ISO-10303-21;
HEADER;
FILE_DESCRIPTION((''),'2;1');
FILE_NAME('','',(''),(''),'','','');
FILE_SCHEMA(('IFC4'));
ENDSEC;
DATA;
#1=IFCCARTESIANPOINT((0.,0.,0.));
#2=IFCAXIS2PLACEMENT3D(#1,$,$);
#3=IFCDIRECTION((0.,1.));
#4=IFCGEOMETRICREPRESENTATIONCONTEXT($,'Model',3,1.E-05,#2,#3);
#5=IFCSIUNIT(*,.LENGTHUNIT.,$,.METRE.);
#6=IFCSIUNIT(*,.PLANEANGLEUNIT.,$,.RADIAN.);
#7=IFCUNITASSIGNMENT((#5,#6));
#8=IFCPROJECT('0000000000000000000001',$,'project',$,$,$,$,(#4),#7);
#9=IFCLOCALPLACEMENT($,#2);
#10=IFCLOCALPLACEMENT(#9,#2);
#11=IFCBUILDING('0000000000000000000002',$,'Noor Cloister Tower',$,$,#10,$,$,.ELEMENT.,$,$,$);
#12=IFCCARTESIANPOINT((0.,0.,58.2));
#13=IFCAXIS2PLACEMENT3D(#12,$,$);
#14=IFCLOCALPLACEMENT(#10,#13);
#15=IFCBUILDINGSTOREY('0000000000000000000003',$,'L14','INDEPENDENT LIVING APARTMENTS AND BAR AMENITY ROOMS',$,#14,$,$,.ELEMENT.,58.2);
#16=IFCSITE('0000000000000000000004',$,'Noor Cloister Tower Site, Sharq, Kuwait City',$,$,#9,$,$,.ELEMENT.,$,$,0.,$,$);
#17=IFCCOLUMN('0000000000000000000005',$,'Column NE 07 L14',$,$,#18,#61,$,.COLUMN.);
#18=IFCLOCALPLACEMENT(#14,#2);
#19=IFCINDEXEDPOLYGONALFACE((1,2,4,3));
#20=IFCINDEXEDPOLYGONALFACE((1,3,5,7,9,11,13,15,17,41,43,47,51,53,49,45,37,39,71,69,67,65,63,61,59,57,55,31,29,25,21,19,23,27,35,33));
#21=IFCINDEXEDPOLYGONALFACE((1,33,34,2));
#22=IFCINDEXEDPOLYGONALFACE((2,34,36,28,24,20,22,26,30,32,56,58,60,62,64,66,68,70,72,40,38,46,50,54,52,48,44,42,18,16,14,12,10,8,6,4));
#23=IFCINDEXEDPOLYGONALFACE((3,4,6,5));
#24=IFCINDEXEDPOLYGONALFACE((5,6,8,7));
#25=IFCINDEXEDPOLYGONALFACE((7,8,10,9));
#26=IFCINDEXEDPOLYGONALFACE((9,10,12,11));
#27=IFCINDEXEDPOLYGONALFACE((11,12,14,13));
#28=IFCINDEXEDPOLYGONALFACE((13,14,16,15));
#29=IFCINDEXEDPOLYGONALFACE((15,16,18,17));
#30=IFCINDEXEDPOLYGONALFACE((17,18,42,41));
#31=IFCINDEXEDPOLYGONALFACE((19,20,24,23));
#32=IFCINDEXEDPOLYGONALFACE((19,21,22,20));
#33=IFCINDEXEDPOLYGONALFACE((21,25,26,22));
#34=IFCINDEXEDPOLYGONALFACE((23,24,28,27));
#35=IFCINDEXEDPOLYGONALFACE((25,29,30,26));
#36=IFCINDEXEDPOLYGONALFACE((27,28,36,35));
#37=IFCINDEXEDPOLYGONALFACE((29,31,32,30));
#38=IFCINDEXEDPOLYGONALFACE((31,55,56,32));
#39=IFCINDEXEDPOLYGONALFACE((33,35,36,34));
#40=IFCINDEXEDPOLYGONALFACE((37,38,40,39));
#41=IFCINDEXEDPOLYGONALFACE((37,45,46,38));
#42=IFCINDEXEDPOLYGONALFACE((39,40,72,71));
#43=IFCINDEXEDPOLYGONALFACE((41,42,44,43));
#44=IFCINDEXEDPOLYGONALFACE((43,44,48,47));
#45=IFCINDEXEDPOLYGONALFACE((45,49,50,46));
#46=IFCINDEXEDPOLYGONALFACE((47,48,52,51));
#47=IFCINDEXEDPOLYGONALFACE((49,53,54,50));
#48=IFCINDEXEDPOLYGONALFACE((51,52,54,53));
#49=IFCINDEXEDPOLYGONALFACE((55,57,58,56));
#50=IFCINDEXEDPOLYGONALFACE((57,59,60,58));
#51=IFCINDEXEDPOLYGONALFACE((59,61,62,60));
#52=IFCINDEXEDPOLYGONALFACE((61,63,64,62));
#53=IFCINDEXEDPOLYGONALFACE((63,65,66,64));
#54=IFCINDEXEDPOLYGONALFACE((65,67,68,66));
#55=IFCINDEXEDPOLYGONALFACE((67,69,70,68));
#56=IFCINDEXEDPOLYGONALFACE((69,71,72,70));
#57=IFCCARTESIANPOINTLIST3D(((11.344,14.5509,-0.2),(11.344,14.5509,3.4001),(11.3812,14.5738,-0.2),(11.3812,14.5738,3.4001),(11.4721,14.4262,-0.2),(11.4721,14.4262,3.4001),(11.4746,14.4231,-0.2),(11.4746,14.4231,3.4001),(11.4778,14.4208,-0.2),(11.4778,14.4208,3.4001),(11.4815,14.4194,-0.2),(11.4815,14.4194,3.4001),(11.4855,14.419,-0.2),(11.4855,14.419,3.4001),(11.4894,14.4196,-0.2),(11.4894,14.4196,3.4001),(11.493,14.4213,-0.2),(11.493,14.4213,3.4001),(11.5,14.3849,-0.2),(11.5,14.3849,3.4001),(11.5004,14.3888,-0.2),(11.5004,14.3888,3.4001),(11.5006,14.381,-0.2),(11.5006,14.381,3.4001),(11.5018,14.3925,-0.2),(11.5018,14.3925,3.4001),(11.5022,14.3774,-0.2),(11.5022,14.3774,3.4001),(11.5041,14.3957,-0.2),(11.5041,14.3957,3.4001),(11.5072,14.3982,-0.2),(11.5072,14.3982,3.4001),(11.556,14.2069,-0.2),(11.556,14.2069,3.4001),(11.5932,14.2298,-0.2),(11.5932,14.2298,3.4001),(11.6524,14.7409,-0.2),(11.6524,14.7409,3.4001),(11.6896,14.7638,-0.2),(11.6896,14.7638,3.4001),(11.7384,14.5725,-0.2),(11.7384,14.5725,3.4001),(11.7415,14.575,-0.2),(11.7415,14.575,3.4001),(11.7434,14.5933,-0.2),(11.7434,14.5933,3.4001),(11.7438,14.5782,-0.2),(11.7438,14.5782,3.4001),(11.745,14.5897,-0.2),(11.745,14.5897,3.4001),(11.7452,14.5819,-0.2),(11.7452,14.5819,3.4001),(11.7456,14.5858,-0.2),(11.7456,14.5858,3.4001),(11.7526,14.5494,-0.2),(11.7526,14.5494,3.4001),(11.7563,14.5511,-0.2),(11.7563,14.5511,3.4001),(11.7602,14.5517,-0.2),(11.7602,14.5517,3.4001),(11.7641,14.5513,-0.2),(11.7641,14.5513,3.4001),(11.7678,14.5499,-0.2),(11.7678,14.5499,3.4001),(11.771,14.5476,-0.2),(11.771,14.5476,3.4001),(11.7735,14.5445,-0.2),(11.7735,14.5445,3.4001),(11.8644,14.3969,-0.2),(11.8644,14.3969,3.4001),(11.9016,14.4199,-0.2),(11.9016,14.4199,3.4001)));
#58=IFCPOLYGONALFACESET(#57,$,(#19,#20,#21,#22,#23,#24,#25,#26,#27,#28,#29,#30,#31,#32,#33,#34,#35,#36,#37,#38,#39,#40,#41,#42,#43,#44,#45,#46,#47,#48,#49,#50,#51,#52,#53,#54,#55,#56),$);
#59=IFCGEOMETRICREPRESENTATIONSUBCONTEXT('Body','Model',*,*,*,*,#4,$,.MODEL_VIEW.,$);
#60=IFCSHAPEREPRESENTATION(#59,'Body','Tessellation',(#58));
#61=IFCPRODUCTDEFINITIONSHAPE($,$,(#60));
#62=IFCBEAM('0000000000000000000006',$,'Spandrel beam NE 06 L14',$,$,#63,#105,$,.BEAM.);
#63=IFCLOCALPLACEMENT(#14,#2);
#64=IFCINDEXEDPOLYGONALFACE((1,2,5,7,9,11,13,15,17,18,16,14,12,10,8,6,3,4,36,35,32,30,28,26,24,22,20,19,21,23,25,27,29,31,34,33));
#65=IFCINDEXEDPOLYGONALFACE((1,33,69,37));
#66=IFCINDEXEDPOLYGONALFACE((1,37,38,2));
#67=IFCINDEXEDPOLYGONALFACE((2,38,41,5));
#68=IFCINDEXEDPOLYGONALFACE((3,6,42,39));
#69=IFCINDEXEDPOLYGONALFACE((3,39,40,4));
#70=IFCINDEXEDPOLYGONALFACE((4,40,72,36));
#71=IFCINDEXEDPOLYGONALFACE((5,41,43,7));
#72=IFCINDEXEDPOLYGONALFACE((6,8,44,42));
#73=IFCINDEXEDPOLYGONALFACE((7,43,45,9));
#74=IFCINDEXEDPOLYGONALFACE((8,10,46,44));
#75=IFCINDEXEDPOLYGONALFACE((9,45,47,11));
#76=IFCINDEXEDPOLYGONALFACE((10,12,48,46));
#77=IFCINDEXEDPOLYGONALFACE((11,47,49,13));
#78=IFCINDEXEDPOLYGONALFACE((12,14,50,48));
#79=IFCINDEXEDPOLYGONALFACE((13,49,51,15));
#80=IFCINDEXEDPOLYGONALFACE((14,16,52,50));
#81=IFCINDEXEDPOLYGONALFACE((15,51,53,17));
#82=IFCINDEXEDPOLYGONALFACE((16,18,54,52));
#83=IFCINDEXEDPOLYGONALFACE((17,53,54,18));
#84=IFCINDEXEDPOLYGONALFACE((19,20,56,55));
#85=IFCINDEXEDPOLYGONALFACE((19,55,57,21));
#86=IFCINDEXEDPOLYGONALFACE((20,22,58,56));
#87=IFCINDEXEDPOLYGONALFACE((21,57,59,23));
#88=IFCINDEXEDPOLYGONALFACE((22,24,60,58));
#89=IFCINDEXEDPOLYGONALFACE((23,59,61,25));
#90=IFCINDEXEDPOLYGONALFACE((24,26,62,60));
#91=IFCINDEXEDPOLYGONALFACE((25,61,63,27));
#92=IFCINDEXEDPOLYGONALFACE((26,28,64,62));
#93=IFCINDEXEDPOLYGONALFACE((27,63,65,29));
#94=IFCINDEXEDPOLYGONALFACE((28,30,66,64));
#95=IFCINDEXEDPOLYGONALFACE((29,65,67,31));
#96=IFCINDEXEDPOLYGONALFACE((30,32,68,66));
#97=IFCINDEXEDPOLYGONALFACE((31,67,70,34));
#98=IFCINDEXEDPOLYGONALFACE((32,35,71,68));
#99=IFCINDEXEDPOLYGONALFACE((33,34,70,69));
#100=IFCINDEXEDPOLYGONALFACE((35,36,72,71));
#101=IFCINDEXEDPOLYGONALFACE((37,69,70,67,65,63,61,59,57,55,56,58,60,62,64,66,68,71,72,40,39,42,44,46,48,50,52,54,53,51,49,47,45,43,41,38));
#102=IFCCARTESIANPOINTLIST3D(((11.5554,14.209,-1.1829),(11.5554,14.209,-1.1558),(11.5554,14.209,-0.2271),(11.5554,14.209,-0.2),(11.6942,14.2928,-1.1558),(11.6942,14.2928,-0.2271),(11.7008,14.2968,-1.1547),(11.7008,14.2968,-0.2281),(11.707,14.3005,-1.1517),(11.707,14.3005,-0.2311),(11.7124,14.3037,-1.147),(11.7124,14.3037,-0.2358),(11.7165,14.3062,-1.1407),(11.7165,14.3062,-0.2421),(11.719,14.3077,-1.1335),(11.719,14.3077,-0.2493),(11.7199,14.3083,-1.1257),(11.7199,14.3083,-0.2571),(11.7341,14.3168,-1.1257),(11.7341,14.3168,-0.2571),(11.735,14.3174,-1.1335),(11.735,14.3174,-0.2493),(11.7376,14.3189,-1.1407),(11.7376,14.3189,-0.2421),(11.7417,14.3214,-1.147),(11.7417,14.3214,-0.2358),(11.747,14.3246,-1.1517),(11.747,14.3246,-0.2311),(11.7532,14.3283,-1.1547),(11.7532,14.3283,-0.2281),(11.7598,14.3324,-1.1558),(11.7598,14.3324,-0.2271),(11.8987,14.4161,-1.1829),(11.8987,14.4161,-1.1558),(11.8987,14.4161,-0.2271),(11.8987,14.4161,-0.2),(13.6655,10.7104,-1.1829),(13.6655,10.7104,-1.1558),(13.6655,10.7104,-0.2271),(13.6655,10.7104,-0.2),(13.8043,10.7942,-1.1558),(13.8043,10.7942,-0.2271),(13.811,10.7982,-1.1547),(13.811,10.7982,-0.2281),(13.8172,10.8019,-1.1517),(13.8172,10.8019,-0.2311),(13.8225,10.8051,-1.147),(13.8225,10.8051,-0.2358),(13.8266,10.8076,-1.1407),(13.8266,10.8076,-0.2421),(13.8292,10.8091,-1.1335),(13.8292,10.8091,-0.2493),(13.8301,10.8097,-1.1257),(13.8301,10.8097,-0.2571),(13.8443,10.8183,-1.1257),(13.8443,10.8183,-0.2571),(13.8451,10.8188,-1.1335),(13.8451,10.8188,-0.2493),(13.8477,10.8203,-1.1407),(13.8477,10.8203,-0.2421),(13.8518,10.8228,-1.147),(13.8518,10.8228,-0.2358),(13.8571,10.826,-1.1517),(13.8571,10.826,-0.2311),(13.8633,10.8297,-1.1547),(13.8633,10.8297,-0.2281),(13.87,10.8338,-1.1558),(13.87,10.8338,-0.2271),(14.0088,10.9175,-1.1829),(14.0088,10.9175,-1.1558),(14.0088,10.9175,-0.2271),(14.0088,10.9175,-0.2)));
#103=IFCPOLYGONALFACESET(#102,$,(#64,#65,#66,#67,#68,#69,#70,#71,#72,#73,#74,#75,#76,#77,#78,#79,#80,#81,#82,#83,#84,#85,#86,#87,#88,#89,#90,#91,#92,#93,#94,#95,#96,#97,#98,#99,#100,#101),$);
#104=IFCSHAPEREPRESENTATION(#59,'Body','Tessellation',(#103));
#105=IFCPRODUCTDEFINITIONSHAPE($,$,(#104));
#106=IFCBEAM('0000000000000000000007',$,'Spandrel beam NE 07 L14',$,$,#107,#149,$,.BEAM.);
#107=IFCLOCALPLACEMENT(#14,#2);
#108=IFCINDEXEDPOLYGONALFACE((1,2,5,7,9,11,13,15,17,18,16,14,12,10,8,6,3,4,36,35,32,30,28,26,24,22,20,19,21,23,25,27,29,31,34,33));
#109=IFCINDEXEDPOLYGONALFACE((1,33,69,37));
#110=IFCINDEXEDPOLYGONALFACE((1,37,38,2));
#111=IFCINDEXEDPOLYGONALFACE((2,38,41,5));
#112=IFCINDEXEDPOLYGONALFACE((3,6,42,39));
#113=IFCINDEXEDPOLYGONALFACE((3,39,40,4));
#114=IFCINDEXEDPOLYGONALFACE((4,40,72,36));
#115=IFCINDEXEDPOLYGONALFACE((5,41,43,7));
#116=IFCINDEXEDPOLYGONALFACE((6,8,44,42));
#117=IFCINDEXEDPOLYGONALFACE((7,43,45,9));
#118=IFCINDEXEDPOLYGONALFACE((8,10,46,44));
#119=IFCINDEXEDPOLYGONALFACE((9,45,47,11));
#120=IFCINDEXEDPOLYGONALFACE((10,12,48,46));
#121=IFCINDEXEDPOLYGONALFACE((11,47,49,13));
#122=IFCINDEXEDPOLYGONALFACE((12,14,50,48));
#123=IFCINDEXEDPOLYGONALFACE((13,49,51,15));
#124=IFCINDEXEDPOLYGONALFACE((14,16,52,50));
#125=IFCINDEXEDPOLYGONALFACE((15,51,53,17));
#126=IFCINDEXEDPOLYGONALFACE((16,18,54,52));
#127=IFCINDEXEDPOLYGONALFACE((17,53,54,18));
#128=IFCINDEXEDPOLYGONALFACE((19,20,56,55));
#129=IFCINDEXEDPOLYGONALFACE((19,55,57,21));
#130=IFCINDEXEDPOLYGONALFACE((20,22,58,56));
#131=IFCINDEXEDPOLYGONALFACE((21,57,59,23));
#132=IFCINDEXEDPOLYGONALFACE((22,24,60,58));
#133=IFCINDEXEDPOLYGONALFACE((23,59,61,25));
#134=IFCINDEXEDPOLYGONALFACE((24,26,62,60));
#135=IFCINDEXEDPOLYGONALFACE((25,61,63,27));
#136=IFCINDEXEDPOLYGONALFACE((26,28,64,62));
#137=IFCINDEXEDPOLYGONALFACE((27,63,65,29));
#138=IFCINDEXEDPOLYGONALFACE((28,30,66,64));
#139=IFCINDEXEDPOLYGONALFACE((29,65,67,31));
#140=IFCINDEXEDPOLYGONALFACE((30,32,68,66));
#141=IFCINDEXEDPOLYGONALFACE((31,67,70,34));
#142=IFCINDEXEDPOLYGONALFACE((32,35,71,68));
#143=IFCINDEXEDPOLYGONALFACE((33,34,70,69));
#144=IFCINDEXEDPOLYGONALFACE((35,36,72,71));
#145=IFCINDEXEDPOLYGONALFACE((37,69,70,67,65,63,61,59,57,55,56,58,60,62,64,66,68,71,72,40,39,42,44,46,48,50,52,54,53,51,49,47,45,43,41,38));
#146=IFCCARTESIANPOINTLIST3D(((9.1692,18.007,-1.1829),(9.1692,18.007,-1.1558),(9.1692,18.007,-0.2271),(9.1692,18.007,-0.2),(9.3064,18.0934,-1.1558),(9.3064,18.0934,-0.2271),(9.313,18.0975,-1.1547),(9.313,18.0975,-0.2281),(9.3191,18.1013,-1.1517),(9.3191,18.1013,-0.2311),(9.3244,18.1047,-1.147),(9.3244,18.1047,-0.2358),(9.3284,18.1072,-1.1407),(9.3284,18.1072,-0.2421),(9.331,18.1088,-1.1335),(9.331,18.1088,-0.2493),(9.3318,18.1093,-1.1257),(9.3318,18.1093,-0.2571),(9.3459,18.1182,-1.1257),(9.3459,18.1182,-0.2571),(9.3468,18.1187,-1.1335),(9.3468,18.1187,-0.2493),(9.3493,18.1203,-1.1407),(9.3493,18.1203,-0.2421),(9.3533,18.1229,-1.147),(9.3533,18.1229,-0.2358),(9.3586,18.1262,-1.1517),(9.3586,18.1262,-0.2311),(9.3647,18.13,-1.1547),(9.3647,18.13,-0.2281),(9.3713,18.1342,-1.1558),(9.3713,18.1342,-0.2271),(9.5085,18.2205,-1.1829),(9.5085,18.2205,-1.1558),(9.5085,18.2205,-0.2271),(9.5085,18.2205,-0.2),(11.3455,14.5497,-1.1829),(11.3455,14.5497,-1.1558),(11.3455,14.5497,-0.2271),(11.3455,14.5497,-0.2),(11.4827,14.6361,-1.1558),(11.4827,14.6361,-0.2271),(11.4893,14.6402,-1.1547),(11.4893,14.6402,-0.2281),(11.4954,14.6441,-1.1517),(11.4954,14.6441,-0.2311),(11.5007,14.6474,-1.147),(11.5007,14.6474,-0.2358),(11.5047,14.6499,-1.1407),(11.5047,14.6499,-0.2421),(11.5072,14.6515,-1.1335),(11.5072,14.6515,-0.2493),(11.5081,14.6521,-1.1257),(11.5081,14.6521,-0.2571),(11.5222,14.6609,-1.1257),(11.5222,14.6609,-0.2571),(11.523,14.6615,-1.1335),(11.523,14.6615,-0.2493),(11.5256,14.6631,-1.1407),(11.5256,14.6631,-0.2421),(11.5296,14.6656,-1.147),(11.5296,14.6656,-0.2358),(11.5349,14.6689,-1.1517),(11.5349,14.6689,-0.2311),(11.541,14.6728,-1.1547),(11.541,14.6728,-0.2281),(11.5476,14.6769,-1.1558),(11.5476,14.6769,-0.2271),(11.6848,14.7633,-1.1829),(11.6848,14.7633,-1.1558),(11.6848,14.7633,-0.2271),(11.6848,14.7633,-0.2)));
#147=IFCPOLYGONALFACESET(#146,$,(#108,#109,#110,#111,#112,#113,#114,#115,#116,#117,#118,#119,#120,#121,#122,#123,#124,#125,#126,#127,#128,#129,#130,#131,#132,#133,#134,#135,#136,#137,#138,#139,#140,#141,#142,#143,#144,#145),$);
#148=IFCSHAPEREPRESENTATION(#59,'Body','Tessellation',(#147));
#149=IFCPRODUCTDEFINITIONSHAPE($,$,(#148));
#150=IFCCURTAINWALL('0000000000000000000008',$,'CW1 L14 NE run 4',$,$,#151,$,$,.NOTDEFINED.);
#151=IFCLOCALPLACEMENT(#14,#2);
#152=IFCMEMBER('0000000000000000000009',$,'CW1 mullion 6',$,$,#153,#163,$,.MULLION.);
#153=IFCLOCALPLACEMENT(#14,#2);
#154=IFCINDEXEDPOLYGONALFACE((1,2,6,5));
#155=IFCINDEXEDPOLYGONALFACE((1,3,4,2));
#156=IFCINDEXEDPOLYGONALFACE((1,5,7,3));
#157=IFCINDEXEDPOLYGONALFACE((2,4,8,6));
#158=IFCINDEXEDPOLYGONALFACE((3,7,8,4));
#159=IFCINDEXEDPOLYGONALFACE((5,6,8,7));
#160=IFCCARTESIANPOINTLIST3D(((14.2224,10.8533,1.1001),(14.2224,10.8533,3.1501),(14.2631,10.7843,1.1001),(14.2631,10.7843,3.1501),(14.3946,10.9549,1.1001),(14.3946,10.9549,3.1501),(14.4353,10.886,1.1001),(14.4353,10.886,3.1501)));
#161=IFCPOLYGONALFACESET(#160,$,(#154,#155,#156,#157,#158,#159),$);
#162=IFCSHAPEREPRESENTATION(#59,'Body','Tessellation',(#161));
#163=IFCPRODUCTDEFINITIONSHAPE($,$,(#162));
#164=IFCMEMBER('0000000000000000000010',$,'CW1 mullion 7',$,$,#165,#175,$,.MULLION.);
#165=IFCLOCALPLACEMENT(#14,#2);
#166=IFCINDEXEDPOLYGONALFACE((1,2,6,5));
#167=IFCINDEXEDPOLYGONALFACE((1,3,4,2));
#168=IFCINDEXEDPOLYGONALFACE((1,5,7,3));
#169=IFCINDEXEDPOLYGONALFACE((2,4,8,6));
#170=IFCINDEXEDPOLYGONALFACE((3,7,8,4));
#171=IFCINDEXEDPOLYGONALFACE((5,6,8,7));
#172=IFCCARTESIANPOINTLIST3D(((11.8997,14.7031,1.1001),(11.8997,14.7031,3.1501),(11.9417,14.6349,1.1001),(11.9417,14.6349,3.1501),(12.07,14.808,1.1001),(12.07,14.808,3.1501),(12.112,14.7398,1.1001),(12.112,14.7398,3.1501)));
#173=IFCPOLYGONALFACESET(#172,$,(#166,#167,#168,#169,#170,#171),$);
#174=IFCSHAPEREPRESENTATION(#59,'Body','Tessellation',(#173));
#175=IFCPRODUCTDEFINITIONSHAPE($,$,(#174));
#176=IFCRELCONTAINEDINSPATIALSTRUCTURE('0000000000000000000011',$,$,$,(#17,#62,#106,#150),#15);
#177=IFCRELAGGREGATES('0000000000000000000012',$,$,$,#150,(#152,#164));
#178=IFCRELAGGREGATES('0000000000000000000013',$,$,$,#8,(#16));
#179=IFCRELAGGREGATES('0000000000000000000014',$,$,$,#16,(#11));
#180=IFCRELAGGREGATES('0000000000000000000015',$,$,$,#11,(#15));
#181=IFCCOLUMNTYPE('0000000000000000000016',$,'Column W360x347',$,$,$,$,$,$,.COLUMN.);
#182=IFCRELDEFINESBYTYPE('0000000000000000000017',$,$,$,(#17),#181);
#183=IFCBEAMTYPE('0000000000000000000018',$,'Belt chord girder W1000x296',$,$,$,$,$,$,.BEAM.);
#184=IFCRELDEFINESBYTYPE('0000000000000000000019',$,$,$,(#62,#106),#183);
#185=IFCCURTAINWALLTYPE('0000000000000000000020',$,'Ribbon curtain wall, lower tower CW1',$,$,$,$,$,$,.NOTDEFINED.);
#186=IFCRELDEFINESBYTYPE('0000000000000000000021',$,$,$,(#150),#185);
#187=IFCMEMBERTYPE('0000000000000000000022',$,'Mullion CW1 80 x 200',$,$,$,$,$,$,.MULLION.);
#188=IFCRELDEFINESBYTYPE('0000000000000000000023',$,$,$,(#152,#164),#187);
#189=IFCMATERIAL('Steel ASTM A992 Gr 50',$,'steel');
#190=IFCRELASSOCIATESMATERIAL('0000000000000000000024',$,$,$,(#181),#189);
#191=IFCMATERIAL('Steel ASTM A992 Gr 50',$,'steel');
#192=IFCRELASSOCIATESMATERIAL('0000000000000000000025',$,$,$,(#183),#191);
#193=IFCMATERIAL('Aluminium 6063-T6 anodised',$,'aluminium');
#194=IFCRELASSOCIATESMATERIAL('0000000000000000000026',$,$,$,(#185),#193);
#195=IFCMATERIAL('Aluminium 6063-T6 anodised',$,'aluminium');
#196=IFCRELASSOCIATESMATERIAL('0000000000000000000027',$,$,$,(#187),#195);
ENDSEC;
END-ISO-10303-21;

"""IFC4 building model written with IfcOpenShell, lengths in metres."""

from ifc_helpers import new_model, si_unit, direction, frame, origin, origin_2d, place, context, subcontext, project, spatial, rectangle, i_section, extrude, material, material_profile, profile_set, type_object, element, aggregate, save


model = new_model("IFC4")

# Units and contexts
model_context = context("Model", 3, precision=1e-05, world=origin(), true_north=direction((0.0, 1.0)))
body_context = subcontext(model_context, "Body", "Model", "MODEL_VIEW")
ifc_project = project(units=[si_unit("LENGTHUNIT", "METRE"), si_unit("PLANEANGLEUNIT", "RADIAN")], contexts=[model_context])

# Site, building, storey
site_placement = place(None, origin())
site = spatial("IfcSite", under=ifc_project, at=site_placement, Name="Noor Cloister Tower Site, Sharq, Kuwait City", CompositionType="ELEMENT", RefElevation=0.0)
building_placement = place(site_placement, origin())
building = spatial("IfcBuilding", under=site, at=building_placement, Name="Noor Cloister Tower", CompositionType="ELEMENT")
storey_placement = place(building_placement, frame((0.0, 0.0, 58.2)))
storey = spatial("IfcBuildingStorey", under=building, at=storey_placement, Name="L14", Description="INDEPENDENT LIVING APARTMENTS AND BAR AMENITY ROOMS", CompositionType="ELEMENT", Elevation=58.2)

# Column
ifc_material_1 = material(Name="Steel ASTM A992 Gr 50", Category="steel")
ifc_material_profile_1 = material_profile(ifc_material_1, i_section(OverallWidth=0.4041, OverallDepth=0.406, WebThickness=0.0271, FlangeThickness=0.0437, FilletRadius=0.0151, at=origin_2d()), Name="W360x347")
ifc_profile_set_1 = profile_set([ifc_material_profile_1], Name="Steel ASTM A992 Gr 50")
column_type = type_object("IfcColumnType", Name="Column W360x347", PredefinedType="COLUMN", material=ifc_profile_set_1)
column_placement = place(storey_placement, frame((11.6228, 14.4854, -0.2), z_axis=(0.0, 0.0, 1.0), x_axis=(-0.524598, 0.85135, 0.0)))
element("IfcColumn", 1, at=column_placement, inside=storey, type_object=column_type, Name="Column NE 07 L14", PredefinedType="COLUMN", context=body_context, shape_type="SweptSolid", body=[
    extrude(i_section(OverallWidth=0.4041, OverallDepth=0.406, WebThickness=0.0271, FlangeThickness=0.0437, FilletRadius=0.0151, at=origin_2d()), origin(), (0.0, 0.0, 1.0), 3.6001),
])

# Beams
ifc_material_2 = material(Name="Steel ASTM A992 Gr 50", Category="steel")
ifc_material_profile_2 = material_profile(ifc_material_2, i_section(OverallWidth=0.4009, OverallDepth=0.9829, WebThickness=0.0166, FlangeThickness=0.0271, FilletRadius=0.03, at=origin_2d()), Name="W1000x296")
ifc_profile_set_2 = profile_set([ifc_material_profile_2], Name="Steel ASTM A992 Gr 50")
beam_type_1 = type_object("IfcBeamType", Name="Belt chord girder W1000x296", PredefinedType="BEAM", material=ifc_profile_set_2)
beam_1_placement = place(storey_placement, frame((13.8372, 10.814, -0.6914), z_axis=(-0.516472, 0.856304, 0.0), x_axis=(-0.856304, -0.516472, 0.0)))
element("IfcBeam", 2, at=beam_1_placement, inside=storey, type_object=beam_type_1, Name="Spandrel beam NE 06 L14", PredefinedType="BEAM", context=body_context, shape_type="SweptSolid", body=[
    extrude(i_section(OverallWidth=0.4009, OverallDepth=0.9829, WebThickness=0.0166, FlangeThickness=0.0271, FilletRadius=0.03, at=origin_2d()), origin(), (0.0, 0.0, 1.0), 4.0857),
])
beam_2_placement = place(storey_placement, frame((11.5151, 14.6565, -0.6914), z_axis=(-0.53272, 0.846292, 0.0), x_axis=(-0.846292, -0.53272, 0.0)))
element("IfcBeam", 3, at=beam_2_placement, inside=storey, type_object=beam_type_1, Name="Spandrel beam NE 07 L14", PredefinedType="BEAM", context=body_context, shape_type="SweptSolid", body=[
    extrude(i_section(OverallWidth=0.4009, OverallDepth=0.9829, WebThickness=0.0166, FlangeThickness=0.0271, FilletRadius=0.03, at=origin_2d()), origin(), (0.0, 0.0, 1.0), 4.0852),
])

# Curtain wall, members
ifc_material_3 = material(Name="Aluminium 6063-T6 anodised", Category="aluminium")
curtain_wall_type = type_object("IfcCurtainWallType", Name="Ribbon curtain wall, lower tower CW1", PredefinedType="NOTDEFINED", material=ifc_material_3)
curtain_wall_placement = place(storey_placement, origin())
curtain_wall = element("IfcCurtainWall", 4, at=curtain_wall_placement, inside=storey, type_object=curtain_wall_type, Name="CW1 L14 NE run 4", PredefinedType="NOTDEFINED")
ifc_material_4 = material(Name="Aluminium 6063-T6 anodised", Category="aluminium")
ifc_material_profile_3 = material_profile(ifc_material_4, rectangle(XDim=0.2, YDim=0.0801, at=origin_2d()), Name="200 x 80 mullion")
ifc_profile_set_3 = profile_set([ifc_material_profile_3], Name="Aluminium 6063-T6 anodised")
member_type = type_object("IfcMemberType", Name="Mullion CW1 80 x 200", PredefinedType="MULLION", material=ifc_profile_set_3)
member_1_placement = place(storey_placement, frame((14.3289, 10.8696, 1.1001), z_axis=(0.0, 0.0, 1.0), x_axis=(-0.861212, -0.508246, 0.0)))
member_1 = element("IfcMember", 5, at=member_1_placement, type_object=member_type, Name="CW1 mullion 6", PredefinedType="MULLION", context=body_context, shape_type="SweptSolid", body=[
    extrude(rectangle(XDim=0.2, YDim=0.0801, at=origin_2d()), origin(), (0.0, 0.0, 1.0), 2.05),
])
member_2_placement = place(storey_placement, frame((12.0059, 14.7214, 1.1001), z_axis=(0.0, 0.0, 1.0), x_axis=(-0.85135, -0.524598, 0.0)))
member_2 = element("IfcMember", 6, at=member_2_placement, type_object=member_type, Name="CW1 mullion 7", PredefinedType="MULLION", context=body_context, shape_type="SweptSolid", body=[
    extrude(rectangle(XDim=0.2, YDim=0.0801, at=origin_2d()), origin(), (0.0, 0.0, 1.0), 2.05),
])

aggregate(curtain_wall, [member_1, member_2])

save(model, "model.ifc")
